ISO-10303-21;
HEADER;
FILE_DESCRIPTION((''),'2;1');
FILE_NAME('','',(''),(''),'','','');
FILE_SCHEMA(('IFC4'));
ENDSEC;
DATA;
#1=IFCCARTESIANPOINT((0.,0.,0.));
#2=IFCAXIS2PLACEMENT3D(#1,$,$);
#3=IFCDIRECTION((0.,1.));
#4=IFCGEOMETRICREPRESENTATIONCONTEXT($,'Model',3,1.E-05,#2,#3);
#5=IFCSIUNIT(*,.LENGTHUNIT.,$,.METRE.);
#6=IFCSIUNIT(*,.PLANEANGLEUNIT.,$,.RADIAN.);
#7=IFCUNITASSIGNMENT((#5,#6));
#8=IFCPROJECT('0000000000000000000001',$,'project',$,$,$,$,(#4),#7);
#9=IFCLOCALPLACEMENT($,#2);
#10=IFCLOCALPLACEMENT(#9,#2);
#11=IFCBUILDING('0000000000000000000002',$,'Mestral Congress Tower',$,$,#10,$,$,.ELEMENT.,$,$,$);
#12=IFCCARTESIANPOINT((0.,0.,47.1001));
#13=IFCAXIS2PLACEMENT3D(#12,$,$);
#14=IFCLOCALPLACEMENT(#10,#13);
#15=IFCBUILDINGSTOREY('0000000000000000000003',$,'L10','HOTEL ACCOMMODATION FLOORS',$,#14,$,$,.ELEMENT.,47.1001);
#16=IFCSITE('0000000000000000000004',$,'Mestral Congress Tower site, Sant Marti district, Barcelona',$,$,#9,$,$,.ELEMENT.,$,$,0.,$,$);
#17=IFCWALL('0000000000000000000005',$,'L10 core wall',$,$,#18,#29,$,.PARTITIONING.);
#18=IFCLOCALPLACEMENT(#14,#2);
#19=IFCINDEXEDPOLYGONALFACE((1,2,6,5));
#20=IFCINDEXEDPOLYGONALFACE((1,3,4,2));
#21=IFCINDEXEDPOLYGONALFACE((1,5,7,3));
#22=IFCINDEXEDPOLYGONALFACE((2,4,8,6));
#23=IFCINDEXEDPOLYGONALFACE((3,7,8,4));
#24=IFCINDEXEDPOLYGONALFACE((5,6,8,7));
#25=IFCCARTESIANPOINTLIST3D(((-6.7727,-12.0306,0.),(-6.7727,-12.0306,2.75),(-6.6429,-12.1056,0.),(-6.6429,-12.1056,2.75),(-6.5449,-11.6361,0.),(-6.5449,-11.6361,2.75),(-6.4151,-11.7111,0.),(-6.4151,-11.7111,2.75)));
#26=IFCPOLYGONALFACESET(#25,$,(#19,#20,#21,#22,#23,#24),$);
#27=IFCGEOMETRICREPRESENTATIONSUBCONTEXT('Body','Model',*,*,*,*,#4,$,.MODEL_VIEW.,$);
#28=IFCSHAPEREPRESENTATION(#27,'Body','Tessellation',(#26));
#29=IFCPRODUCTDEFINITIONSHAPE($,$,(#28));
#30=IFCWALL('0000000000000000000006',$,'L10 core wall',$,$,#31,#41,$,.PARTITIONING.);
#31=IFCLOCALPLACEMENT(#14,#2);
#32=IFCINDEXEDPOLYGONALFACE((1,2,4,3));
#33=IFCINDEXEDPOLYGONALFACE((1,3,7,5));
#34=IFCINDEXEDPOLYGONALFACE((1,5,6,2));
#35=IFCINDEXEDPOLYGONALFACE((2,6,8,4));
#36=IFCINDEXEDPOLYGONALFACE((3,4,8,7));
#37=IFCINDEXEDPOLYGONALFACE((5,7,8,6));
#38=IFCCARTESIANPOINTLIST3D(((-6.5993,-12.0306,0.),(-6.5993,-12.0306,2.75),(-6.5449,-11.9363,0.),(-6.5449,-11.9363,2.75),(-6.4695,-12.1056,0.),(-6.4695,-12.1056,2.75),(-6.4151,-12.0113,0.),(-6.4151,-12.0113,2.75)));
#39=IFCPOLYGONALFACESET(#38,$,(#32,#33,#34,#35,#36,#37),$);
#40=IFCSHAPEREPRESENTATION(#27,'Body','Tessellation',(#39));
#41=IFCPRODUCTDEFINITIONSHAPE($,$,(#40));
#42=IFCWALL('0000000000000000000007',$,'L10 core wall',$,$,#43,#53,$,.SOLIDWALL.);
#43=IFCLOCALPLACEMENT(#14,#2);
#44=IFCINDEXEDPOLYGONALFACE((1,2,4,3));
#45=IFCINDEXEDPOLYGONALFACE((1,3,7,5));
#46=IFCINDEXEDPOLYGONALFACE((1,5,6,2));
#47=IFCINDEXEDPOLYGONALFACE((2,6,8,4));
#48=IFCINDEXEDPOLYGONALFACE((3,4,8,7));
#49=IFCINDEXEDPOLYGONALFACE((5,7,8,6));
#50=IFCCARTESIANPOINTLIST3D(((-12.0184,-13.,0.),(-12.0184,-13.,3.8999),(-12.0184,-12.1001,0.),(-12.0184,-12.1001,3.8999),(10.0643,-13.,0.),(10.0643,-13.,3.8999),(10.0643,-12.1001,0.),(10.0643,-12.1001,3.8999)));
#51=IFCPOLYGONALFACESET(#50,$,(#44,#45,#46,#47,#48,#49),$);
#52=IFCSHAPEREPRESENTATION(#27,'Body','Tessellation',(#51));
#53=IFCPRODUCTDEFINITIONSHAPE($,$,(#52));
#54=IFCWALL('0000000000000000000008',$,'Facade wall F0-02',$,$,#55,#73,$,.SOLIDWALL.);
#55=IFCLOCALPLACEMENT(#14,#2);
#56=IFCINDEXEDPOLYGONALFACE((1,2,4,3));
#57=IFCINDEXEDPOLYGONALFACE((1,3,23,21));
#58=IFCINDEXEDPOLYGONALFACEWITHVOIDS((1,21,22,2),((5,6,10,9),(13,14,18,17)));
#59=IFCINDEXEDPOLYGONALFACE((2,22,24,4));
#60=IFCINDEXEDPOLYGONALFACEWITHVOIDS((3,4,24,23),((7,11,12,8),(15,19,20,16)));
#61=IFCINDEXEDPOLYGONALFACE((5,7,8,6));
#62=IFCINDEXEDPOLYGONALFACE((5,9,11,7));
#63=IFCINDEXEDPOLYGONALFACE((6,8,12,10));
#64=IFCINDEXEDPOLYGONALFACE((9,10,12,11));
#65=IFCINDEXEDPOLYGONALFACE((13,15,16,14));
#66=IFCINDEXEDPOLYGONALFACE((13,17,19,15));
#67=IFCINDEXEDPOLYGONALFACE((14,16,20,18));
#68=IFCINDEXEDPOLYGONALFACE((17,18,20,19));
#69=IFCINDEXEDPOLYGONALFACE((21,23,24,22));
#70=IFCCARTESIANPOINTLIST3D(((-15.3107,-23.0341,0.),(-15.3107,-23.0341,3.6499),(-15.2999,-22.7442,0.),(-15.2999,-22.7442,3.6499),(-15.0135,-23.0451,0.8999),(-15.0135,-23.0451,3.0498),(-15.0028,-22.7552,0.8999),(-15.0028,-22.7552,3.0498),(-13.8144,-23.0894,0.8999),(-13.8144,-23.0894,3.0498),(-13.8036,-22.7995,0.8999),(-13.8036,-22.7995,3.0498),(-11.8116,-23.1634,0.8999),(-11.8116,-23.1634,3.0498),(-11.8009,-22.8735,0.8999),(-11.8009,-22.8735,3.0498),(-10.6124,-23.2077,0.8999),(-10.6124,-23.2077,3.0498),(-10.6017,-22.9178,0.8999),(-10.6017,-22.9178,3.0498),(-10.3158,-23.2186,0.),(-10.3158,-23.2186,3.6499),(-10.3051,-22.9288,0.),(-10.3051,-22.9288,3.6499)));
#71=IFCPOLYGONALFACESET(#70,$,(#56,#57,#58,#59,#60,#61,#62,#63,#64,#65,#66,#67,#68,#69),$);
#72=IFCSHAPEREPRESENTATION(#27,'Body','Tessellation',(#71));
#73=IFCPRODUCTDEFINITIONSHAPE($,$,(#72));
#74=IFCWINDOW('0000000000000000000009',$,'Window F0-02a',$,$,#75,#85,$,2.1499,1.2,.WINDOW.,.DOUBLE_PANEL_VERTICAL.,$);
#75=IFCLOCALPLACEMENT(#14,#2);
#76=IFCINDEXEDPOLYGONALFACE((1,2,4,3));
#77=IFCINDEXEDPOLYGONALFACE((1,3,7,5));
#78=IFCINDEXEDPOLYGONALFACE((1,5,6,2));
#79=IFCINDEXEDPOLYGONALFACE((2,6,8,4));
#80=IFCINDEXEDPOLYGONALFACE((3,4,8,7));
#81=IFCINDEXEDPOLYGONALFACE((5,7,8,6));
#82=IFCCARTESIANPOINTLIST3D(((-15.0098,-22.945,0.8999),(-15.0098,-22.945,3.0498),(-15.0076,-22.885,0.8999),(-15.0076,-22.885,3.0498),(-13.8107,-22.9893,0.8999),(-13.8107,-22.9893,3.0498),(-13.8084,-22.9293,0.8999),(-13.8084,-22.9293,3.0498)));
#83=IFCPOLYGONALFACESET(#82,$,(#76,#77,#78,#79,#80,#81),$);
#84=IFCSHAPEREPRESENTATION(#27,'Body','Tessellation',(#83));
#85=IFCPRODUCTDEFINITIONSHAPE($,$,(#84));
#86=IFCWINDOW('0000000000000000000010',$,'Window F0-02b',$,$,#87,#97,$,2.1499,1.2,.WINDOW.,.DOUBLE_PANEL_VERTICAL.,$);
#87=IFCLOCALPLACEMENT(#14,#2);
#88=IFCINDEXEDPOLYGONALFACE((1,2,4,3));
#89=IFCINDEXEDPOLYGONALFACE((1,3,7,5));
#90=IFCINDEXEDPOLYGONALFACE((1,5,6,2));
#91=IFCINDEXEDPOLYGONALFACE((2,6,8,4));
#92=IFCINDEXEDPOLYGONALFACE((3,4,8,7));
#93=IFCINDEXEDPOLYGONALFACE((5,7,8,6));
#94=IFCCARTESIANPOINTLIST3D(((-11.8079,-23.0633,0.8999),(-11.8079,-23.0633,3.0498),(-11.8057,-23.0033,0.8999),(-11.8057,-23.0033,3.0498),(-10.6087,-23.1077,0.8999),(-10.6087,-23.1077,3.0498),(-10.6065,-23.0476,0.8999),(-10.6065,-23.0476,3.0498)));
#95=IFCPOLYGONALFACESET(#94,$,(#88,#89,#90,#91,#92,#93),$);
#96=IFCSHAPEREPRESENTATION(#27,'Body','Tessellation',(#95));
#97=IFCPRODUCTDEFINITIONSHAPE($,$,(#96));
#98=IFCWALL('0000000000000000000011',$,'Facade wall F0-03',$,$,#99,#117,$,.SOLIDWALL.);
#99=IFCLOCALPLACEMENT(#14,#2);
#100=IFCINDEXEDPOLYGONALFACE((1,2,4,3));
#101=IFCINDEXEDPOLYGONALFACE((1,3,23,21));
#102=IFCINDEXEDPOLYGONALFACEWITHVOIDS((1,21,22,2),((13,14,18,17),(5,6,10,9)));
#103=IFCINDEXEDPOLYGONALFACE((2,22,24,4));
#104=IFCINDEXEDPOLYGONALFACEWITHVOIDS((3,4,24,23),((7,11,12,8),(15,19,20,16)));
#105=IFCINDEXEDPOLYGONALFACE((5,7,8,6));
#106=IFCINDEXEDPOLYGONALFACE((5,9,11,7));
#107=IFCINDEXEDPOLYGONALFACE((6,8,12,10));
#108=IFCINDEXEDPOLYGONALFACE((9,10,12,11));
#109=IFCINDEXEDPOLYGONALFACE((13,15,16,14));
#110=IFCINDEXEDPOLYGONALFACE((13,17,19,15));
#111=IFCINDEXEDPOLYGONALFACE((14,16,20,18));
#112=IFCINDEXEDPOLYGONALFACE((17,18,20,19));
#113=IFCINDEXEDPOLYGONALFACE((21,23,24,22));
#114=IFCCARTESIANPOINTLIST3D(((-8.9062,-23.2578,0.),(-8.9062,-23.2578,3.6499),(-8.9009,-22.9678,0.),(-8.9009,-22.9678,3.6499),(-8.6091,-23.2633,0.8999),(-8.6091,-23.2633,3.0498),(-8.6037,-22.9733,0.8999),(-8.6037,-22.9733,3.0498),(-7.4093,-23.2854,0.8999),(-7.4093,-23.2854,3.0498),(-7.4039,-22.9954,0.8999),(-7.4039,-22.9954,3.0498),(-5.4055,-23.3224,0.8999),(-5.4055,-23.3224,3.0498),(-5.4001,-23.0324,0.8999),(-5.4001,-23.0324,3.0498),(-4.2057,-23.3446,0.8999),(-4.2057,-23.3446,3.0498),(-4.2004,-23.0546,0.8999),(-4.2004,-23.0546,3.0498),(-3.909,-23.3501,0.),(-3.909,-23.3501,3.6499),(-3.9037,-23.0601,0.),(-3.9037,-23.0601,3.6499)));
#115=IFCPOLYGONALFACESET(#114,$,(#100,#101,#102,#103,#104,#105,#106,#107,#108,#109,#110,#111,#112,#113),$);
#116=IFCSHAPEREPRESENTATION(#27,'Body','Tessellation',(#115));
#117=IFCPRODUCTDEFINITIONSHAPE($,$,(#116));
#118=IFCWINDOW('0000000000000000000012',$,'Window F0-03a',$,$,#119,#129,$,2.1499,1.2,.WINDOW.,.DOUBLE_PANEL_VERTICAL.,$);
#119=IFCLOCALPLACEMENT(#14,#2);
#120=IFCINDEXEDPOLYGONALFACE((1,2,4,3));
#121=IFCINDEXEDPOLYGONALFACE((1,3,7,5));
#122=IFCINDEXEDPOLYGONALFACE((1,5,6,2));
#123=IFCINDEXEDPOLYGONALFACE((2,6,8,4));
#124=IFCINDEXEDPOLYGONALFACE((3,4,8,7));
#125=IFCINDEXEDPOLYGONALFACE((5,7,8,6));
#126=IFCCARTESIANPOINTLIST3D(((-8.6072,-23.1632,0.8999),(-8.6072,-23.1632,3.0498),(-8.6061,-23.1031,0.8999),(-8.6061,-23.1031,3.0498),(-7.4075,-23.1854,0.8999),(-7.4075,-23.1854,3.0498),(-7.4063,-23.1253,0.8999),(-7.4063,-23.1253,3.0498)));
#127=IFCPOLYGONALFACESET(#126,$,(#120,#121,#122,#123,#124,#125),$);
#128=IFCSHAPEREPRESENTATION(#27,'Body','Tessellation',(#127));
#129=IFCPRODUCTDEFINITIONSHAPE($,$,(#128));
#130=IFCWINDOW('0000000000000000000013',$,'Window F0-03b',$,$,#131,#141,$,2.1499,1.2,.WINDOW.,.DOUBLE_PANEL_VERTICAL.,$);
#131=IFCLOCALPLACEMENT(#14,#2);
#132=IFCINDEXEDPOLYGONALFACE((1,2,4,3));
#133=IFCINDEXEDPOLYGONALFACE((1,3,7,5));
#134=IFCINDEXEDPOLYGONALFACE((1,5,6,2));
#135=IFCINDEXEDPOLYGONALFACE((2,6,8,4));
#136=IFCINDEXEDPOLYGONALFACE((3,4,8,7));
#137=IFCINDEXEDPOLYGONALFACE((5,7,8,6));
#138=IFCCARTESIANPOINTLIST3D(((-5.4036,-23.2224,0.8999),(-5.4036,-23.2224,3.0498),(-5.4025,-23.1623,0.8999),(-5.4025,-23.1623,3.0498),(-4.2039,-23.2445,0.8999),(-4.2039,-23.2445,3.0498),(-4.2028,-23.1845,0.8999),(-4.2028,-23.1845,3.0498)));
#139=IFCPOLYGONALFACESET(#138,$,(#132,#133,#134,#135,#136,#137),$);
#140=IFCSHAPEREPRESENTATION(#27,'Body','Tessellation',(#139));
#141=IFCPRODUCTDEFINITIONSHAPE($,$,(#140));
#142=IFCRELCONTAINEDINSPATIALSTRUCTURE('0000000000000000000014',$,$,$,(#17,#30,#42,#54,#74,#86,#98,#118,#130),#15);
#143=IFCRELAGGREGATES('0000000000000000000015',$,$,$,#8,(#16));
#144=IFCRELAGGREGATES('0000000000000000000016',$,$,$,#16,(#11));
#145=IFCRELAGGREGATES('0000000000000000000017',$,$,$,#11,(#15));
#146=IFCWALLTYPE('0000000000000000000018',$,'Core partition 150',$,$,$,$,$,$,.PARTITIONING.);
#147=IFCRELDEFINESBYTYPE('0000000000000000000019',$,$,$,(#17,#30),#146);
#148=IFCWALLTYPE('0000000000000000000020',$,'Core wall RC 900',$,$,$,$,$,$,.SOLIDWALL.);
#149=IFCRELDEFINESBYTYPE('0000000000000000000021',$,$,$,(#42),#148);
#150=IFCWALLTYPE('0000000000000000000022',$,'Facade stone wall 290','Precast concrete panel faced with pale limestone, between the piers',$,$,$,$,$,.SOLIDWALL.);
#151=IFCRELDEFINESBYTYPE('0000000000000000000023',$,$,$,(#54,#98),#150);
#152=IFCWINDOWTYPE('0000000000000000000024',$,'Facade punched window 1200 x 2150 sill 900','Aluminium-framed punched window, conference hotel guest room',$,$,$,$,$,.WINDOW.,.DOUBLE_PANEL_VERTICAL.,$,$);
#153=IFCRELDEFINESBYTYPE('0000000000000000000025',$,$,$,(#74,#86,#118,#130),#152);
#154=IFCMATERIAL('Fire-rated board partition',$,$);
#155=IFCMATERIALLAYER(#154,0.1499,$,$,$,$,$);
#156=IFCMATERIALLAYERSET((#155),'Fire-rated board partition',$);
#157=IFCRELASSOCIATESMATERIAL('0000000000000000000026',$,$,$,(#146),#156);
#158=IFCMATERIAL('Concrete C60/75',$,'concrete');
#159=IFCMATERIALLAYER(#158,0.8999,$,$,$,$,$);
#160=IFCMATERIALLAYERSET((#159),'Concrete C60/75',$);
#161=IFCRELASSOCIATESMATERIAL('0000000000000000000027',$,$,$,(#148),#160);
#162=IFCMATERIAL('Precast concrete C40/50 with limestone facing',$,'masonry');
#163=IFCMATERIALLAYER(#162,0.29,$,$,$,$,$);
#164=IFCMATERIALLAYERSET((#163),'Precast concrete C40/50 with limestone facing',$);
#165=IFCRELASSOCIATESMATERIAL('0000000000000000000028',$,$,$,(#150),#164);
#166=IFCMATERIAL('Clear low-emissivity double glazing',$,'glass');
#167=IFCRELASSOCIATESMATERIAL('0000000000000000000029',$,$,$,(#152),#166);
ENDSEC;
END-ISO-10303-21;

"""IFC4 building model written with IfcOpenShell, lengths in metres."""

from ifc_helpers import new_model, si_unit, direction, frame, frame_2d, origin, place, context, subcontext, project, spatial, rectangle, extrude, material, layer, layer_set, type_object, element, fill, save


model = new_model("IFC4")

# Units and contexts
model_context = context("Model", 3, precision=1e-05, world=origin(), true_north=direction((0.0, 1.0)))
body_context = subcontext(model_context, "Body", "Model", "MODEL_VIEW")
ifc_project = project(units=[si_unit("LENGTHUNIT", "METRE"), si_unit("PLANEANGLEUNIT", "RADIAN")], contexts=[model_context])

# Site, building, storey
site_placement = place(None, origin())
site = spatial("IfcSite", under=ifc_project, at=site_placement, Name="Mestral Congress Tower site, Sant Marti district, Barcelona", CompositionType="ELEMENT", RefElevation=0.0)
building_placement = place(site_placement, origin())
building = spatial("IfcBuilding", under=site, at=building_placement, Name="Mestral Congress Tower", CompositionType="ELEMENT")
storey_placement = place(building_placement, frame((0.0, 0.0, 47.1001)))
storey = spatial("IfcBuildingStorey", under=building, at=storey_placement, Name="L10", Description="HOTEL ACCOMMODATION FLOORS", CompositionType="ELEMENT", Elevation=47.1001)

# Walls
ifc_material_1 = material(Name="Fire-rated board partition")
ifc_layer_1 = layer(ifc_material_1, 0.1499)
ifc_layer_set_1 = layer_set([ifc_layer_1], Name="Fire-rated board partition")
wall_type_1 = type_object("IfcWallType", Name="Core partition 150", PredefinedType="PARTITIONING", material=ifc_layer_set_1)
wall_1_placement = place(storey_placement, frame((-6.7078, -12.0681, 0.0), z_axis=(0.0, 0.0, 1.0), x_axis=(0.500001, 0.866025, 0.0)))
element("IfcWall", 1, at=wall_1_placement, inside=storey, type_object=wall_type_1, Name="L10 core wall", PredefinedType="PARTITIONING", context=body_context, shape_type="SweptSolid", body=[
    extrude(rectangle(XDim=0.4556, YDim=0.1499, at=frame_2d((0.2278, 0.0))), origin(), (0.0, 0.0, 1.0), 2.75),
])
wall_2_placement = place(storey_placement, frame((-6.5344, -12.0681, 0.0), z_axis=(0.0, 0.0, 1.0), x_axis=(0.50024, 0.865887, 0.0)))
element("IfcWall", 2, at=wall_2_placement, inside=storey, type_object=wall_type_1, Name="L10 core wall", PredefinedType="PARTITIONING", context=body_context, shape_type="SweptSolid", body=[
    extrude(rectangle(XDim=0.1089, YDim=0.1499, at=frame_2d((0.0544, 0.0))), origin(), (0.0, 0.0, 1.0), 2.75),
])
ifc_material_2 = material(Name="Concrete C60/75", Category="concrete")
ifc_layer_2 = layer(ifc_material_2, 0.8999)
ifc_layer_set_2 = layer_set([ifc_layer_2], Name="Concrete C60/75")
wall_type_2 = type_object("IfcWallType", Name="Core wall RC 900", PredefinedType="SOLIDWALL", material=ifc_layer_set_2)
wall_3_placement = place(storey_placement, frame((-12.0186, -12.55, 0.0), z_axis=(0.0, 0.0, 1.0), x_axis=(1.0, 0.0, 0.0)))
element("IfcWall", 3, at=wall_3_placement, inside=storey, type_object=wall_type_2, Name="L10 core wall", PredefinedType="SOLIDWALL", context=body_context, shape_type="SweptSolid", body=[
    extrude(rectangle(XDim=22.0828, YDim=0.8999, at=frame_2d((11.0415, 0.0))), origin(), (0.0, 0.0, 1.0), 3.8999),
])

# Walls, openings, windows
ifc_material_3 = material(Name="Precast concrete C40/50 with limestone facing", Category="masonry")
ifc_layer_3 = layer(ifc_material_3, 0.29)
ifc_layer_set_3 = layer_set([ifc_layer_3], Name="Precast concrete C40/50 with limestone facing")
wall_type_3 = type_object("IfcWallType", Name="Facade stone wall 290", Description="Precast concrete panel faced with pale limestone, between the piers", PredefinedType="SOLIDWALL", material=ifc_layer_set_3)
wall_4_placement = place(storey_placement, frame((-15.3052, -22.8892, 0.0), z_axis=(0.0, 0.0, 1.0), x_axis=(0.999318, -0.036927, 0.0)))
wall_4 = element("IfcWall", 4, at=wall_4_placement, inside=storey, type_object=wall_type_3, Name="Facade wall F0-02", PredefinedType="SOLIDWALL", context=body_context, shape_type="SweptSolid", body=[
    extrude(rectangle(XDim=4.9983, YDim=0.29, at=frame_2d((2.499, 0.0))), origin(), (0.0, 0.0, 1.0), 3.6499),
])
opening_1_placement = place(wall_4_placement, frame((0.2971, 0.0, 0.8999)))
opening_1 = element("IfcOpeningElement", 5, at=opening_1_placement, cuts=wall_4, PredefinedType="OPENING", context=body_context, shape_type="SweptSolid", body=[
    extrude(rectangle(XDim=1.2, YDim=2.1499, at=frame_2d((0.6001, 1.075))), frame((0.0, 0.155, 0.0), z_axis=(0.0, -1.0, 0.0), x_axis=(1.0, 0.0, 0.0)), (0.0, 0.0, 1.0), 0.3101),
])
opening_2_placement = place(wall_4_placement, frame((3.5012, 0.0, 0.8999)))
opening_2 = element("IfcOpeningElement", 6, at=opening_2_placement, cuts=wall_4, PredefinedType="OPENING", context=body_context, shape_type="SweptSolid", body=[
    extrude(rectangle(XDim=1.2, YDim=2.1499, at=frame_2d((0.6001, 1.075))), frame((0.0, 0.155, 0.0), z_axis=(0.0, -1.0, 0.0), x_axis=(1.0, 0.0, 0.0)), (0.0, 0.0, 1.0), 0.3101),
])
ifc_material_4 = material(Name="Clear low-emissivity double glazing", Category="glass")
window_type = type_object("IfcWindowType", Name="Facade punched window 1200 x 2150 sill 900", Description="Aluminium-framed punched window, conference hotel guest room", PartitioningType="DOUBLE_PANEL_VERTICAL", PredefinedType="WINDOW", material=ifc_material_4)
window_1_placement = place(opening_1_placement, origin())
window_1 = element("IfcWindow", 7, at=window_1_placement, inside=storey, type_object=window_type, Name="Window F0-02a", OverallHeight=2.1499, OverallWidth=1.2, PartitioningType="DOUBLE_PANEL_VERTICAL", PredefinedType="WINDOW", context=body_context, shape_type="SweptSolid", body=[
    extrude(rectangle(XDim=1.2, YDim=2.1499, at=frame_2d((0.6001, 1.075))), frame((0.0, 0.0151, 0.0), z_axis=(0.0, -1.0, 0.0), x_axis=(1.0, 0.0, 0.0)), (0.0, 0.0, 1.0), 0.0601),
])
fill(opening_1, window_1)
window_2_placement = place(opening_2_placement, origin())
window_2 = element("IfcWindow", 8, at=window_2_placement, inside=storey, type_object=window_type, Name="Window F0-02b", OverallHeight=2.1499, OverallWidth=1.2, PartitioningType="DOUBLE_PANEL_VERTICAL", PredefinedType="WINDOW", context=body_context, shape_type="SweptSolid", body=[
    extrude(rectangle(XDim=1.2, YDim=2.1499, at=frame_2d((0.6001, 1.075))), frame((0.0, 0.0151, 0.0), z_axis=(0.0, -1.0, 0.0), x_axis=(1.0, 0.0, 0.0)), (0.0, 0.0, 1.0), 0.0601),
])
fill(opening_2, window_2)
wall_5_placement = place(storey_placement, frame((-8.9036, -23.1128, 0.0), z_axis=(0.0, 0.0, 1.0), x_axis=(0.99983, -0.018464, 0.0)))
wall_5 = element("IfcWall", 9, at=wall_5_placement, inside=storey, type_object=wall_type_3, Name="Facade wall F0-03", PredefinedType="SOLIDWALL", context=body_context, shape_type="SweptSolid", body=[
    extrude(rectangle(XDim=4.998, YDim=0.29, at=frame_2d((2.499, 0.0))), origin(), (0.0, 0.0, 1.0), 3.6499),
])
opening_3_placement = place(wall_5_placement, frame((0.2971, 0.0, 0.8999)))
opening_3 = element("IfcOpeningElement", 10, at=opening_3_placement, cuts=wall_5, PredefinedType="OPENING", context=body_context, shape_type="SweptSolid", body=[
    extrude(rectangle(XDim=1.2, YDim=2.1499, at=frame_2d((0.6001, 1.075))), frame((0.0, 0.155, 0.0), z_axis=(0.0, -1.0, 0.0), x_axis=(1.0, 0.0, 0.0)), (0.0, 0.0, 1.0), 0.3101),
])
opening_4_placement = place(wall_5_placement, frame((3.5012, 0.0, 0.8999)))
opening_4 = element("IfcOpeningElement", 11, at=opening_4_placement, cuts=wall_5, PredefinedType="OPENING", context=body_context, shape_type="SweptSolid", body=[
    extrude(rectangle(XDim=1.2, YDim=2.1499, at=frame_2d((0.6001, 1.075))), frame((0.0, 0.155, 0.0), z_axis=(0.0, -1.0, 0.0), x_axis=(1.0, 0.0, 0.0)), (0.0, 0.0, 1.0), 0.3101),
])
window_3_placement = place(opening_3_placement, origin())
window_3 = element("IfcWindow", 12, at=window_3_placement, inside=storey, type_object=window_type, Name="Window F0-03a", OverallHeight=2.1499, OverallWidth=1.2, PartitioningType="DOUBLE_PANEL_VERTICAL", PredefinedType="WINDOW", context=body_context, shape_type="SweptSolid", body=[
    extrude(rectangle(XDim=1.2, YDim=2.1499, at=frame_2d((0.6001, 1.075))), frame((0.0, 0.0151, 0.0), z_axis=(0.0, -1.0, 0.0), x_axis=(1.0, 0.0, 0.0)), (0.0, 0.0, 1.0), 0.0601),
])
fill(opening_3, window_3)
window_4_placement = place(opening_4_placement, origin())
window_4 = element("IfcWindow", 13, at=window_4_placement, inside=storey, type_object=window_type, Name="Window F0-03b", OverallHeight=2.1499, OverallWidth=1.2, PartitioningType="DOUBLE_PANEL_VERTICAL", PredefinedType="WINDOW", context=body_context, shape_type="SweptSolid", body=[
    extrude(rectangle(XDim=1.2, YDim=2.1499, at=frame_2d((0.6001, 1.075))), frame((0.0, 0.0151, 0.0), z_axis=(0.0, -1.0, 0.0), x_axis=(1.0, 0.0, 0.0)), (0.0, 0.0, 1.0), 0.0601),
])
fill(opening_4, window_4)

save(model, "model.ifc")
